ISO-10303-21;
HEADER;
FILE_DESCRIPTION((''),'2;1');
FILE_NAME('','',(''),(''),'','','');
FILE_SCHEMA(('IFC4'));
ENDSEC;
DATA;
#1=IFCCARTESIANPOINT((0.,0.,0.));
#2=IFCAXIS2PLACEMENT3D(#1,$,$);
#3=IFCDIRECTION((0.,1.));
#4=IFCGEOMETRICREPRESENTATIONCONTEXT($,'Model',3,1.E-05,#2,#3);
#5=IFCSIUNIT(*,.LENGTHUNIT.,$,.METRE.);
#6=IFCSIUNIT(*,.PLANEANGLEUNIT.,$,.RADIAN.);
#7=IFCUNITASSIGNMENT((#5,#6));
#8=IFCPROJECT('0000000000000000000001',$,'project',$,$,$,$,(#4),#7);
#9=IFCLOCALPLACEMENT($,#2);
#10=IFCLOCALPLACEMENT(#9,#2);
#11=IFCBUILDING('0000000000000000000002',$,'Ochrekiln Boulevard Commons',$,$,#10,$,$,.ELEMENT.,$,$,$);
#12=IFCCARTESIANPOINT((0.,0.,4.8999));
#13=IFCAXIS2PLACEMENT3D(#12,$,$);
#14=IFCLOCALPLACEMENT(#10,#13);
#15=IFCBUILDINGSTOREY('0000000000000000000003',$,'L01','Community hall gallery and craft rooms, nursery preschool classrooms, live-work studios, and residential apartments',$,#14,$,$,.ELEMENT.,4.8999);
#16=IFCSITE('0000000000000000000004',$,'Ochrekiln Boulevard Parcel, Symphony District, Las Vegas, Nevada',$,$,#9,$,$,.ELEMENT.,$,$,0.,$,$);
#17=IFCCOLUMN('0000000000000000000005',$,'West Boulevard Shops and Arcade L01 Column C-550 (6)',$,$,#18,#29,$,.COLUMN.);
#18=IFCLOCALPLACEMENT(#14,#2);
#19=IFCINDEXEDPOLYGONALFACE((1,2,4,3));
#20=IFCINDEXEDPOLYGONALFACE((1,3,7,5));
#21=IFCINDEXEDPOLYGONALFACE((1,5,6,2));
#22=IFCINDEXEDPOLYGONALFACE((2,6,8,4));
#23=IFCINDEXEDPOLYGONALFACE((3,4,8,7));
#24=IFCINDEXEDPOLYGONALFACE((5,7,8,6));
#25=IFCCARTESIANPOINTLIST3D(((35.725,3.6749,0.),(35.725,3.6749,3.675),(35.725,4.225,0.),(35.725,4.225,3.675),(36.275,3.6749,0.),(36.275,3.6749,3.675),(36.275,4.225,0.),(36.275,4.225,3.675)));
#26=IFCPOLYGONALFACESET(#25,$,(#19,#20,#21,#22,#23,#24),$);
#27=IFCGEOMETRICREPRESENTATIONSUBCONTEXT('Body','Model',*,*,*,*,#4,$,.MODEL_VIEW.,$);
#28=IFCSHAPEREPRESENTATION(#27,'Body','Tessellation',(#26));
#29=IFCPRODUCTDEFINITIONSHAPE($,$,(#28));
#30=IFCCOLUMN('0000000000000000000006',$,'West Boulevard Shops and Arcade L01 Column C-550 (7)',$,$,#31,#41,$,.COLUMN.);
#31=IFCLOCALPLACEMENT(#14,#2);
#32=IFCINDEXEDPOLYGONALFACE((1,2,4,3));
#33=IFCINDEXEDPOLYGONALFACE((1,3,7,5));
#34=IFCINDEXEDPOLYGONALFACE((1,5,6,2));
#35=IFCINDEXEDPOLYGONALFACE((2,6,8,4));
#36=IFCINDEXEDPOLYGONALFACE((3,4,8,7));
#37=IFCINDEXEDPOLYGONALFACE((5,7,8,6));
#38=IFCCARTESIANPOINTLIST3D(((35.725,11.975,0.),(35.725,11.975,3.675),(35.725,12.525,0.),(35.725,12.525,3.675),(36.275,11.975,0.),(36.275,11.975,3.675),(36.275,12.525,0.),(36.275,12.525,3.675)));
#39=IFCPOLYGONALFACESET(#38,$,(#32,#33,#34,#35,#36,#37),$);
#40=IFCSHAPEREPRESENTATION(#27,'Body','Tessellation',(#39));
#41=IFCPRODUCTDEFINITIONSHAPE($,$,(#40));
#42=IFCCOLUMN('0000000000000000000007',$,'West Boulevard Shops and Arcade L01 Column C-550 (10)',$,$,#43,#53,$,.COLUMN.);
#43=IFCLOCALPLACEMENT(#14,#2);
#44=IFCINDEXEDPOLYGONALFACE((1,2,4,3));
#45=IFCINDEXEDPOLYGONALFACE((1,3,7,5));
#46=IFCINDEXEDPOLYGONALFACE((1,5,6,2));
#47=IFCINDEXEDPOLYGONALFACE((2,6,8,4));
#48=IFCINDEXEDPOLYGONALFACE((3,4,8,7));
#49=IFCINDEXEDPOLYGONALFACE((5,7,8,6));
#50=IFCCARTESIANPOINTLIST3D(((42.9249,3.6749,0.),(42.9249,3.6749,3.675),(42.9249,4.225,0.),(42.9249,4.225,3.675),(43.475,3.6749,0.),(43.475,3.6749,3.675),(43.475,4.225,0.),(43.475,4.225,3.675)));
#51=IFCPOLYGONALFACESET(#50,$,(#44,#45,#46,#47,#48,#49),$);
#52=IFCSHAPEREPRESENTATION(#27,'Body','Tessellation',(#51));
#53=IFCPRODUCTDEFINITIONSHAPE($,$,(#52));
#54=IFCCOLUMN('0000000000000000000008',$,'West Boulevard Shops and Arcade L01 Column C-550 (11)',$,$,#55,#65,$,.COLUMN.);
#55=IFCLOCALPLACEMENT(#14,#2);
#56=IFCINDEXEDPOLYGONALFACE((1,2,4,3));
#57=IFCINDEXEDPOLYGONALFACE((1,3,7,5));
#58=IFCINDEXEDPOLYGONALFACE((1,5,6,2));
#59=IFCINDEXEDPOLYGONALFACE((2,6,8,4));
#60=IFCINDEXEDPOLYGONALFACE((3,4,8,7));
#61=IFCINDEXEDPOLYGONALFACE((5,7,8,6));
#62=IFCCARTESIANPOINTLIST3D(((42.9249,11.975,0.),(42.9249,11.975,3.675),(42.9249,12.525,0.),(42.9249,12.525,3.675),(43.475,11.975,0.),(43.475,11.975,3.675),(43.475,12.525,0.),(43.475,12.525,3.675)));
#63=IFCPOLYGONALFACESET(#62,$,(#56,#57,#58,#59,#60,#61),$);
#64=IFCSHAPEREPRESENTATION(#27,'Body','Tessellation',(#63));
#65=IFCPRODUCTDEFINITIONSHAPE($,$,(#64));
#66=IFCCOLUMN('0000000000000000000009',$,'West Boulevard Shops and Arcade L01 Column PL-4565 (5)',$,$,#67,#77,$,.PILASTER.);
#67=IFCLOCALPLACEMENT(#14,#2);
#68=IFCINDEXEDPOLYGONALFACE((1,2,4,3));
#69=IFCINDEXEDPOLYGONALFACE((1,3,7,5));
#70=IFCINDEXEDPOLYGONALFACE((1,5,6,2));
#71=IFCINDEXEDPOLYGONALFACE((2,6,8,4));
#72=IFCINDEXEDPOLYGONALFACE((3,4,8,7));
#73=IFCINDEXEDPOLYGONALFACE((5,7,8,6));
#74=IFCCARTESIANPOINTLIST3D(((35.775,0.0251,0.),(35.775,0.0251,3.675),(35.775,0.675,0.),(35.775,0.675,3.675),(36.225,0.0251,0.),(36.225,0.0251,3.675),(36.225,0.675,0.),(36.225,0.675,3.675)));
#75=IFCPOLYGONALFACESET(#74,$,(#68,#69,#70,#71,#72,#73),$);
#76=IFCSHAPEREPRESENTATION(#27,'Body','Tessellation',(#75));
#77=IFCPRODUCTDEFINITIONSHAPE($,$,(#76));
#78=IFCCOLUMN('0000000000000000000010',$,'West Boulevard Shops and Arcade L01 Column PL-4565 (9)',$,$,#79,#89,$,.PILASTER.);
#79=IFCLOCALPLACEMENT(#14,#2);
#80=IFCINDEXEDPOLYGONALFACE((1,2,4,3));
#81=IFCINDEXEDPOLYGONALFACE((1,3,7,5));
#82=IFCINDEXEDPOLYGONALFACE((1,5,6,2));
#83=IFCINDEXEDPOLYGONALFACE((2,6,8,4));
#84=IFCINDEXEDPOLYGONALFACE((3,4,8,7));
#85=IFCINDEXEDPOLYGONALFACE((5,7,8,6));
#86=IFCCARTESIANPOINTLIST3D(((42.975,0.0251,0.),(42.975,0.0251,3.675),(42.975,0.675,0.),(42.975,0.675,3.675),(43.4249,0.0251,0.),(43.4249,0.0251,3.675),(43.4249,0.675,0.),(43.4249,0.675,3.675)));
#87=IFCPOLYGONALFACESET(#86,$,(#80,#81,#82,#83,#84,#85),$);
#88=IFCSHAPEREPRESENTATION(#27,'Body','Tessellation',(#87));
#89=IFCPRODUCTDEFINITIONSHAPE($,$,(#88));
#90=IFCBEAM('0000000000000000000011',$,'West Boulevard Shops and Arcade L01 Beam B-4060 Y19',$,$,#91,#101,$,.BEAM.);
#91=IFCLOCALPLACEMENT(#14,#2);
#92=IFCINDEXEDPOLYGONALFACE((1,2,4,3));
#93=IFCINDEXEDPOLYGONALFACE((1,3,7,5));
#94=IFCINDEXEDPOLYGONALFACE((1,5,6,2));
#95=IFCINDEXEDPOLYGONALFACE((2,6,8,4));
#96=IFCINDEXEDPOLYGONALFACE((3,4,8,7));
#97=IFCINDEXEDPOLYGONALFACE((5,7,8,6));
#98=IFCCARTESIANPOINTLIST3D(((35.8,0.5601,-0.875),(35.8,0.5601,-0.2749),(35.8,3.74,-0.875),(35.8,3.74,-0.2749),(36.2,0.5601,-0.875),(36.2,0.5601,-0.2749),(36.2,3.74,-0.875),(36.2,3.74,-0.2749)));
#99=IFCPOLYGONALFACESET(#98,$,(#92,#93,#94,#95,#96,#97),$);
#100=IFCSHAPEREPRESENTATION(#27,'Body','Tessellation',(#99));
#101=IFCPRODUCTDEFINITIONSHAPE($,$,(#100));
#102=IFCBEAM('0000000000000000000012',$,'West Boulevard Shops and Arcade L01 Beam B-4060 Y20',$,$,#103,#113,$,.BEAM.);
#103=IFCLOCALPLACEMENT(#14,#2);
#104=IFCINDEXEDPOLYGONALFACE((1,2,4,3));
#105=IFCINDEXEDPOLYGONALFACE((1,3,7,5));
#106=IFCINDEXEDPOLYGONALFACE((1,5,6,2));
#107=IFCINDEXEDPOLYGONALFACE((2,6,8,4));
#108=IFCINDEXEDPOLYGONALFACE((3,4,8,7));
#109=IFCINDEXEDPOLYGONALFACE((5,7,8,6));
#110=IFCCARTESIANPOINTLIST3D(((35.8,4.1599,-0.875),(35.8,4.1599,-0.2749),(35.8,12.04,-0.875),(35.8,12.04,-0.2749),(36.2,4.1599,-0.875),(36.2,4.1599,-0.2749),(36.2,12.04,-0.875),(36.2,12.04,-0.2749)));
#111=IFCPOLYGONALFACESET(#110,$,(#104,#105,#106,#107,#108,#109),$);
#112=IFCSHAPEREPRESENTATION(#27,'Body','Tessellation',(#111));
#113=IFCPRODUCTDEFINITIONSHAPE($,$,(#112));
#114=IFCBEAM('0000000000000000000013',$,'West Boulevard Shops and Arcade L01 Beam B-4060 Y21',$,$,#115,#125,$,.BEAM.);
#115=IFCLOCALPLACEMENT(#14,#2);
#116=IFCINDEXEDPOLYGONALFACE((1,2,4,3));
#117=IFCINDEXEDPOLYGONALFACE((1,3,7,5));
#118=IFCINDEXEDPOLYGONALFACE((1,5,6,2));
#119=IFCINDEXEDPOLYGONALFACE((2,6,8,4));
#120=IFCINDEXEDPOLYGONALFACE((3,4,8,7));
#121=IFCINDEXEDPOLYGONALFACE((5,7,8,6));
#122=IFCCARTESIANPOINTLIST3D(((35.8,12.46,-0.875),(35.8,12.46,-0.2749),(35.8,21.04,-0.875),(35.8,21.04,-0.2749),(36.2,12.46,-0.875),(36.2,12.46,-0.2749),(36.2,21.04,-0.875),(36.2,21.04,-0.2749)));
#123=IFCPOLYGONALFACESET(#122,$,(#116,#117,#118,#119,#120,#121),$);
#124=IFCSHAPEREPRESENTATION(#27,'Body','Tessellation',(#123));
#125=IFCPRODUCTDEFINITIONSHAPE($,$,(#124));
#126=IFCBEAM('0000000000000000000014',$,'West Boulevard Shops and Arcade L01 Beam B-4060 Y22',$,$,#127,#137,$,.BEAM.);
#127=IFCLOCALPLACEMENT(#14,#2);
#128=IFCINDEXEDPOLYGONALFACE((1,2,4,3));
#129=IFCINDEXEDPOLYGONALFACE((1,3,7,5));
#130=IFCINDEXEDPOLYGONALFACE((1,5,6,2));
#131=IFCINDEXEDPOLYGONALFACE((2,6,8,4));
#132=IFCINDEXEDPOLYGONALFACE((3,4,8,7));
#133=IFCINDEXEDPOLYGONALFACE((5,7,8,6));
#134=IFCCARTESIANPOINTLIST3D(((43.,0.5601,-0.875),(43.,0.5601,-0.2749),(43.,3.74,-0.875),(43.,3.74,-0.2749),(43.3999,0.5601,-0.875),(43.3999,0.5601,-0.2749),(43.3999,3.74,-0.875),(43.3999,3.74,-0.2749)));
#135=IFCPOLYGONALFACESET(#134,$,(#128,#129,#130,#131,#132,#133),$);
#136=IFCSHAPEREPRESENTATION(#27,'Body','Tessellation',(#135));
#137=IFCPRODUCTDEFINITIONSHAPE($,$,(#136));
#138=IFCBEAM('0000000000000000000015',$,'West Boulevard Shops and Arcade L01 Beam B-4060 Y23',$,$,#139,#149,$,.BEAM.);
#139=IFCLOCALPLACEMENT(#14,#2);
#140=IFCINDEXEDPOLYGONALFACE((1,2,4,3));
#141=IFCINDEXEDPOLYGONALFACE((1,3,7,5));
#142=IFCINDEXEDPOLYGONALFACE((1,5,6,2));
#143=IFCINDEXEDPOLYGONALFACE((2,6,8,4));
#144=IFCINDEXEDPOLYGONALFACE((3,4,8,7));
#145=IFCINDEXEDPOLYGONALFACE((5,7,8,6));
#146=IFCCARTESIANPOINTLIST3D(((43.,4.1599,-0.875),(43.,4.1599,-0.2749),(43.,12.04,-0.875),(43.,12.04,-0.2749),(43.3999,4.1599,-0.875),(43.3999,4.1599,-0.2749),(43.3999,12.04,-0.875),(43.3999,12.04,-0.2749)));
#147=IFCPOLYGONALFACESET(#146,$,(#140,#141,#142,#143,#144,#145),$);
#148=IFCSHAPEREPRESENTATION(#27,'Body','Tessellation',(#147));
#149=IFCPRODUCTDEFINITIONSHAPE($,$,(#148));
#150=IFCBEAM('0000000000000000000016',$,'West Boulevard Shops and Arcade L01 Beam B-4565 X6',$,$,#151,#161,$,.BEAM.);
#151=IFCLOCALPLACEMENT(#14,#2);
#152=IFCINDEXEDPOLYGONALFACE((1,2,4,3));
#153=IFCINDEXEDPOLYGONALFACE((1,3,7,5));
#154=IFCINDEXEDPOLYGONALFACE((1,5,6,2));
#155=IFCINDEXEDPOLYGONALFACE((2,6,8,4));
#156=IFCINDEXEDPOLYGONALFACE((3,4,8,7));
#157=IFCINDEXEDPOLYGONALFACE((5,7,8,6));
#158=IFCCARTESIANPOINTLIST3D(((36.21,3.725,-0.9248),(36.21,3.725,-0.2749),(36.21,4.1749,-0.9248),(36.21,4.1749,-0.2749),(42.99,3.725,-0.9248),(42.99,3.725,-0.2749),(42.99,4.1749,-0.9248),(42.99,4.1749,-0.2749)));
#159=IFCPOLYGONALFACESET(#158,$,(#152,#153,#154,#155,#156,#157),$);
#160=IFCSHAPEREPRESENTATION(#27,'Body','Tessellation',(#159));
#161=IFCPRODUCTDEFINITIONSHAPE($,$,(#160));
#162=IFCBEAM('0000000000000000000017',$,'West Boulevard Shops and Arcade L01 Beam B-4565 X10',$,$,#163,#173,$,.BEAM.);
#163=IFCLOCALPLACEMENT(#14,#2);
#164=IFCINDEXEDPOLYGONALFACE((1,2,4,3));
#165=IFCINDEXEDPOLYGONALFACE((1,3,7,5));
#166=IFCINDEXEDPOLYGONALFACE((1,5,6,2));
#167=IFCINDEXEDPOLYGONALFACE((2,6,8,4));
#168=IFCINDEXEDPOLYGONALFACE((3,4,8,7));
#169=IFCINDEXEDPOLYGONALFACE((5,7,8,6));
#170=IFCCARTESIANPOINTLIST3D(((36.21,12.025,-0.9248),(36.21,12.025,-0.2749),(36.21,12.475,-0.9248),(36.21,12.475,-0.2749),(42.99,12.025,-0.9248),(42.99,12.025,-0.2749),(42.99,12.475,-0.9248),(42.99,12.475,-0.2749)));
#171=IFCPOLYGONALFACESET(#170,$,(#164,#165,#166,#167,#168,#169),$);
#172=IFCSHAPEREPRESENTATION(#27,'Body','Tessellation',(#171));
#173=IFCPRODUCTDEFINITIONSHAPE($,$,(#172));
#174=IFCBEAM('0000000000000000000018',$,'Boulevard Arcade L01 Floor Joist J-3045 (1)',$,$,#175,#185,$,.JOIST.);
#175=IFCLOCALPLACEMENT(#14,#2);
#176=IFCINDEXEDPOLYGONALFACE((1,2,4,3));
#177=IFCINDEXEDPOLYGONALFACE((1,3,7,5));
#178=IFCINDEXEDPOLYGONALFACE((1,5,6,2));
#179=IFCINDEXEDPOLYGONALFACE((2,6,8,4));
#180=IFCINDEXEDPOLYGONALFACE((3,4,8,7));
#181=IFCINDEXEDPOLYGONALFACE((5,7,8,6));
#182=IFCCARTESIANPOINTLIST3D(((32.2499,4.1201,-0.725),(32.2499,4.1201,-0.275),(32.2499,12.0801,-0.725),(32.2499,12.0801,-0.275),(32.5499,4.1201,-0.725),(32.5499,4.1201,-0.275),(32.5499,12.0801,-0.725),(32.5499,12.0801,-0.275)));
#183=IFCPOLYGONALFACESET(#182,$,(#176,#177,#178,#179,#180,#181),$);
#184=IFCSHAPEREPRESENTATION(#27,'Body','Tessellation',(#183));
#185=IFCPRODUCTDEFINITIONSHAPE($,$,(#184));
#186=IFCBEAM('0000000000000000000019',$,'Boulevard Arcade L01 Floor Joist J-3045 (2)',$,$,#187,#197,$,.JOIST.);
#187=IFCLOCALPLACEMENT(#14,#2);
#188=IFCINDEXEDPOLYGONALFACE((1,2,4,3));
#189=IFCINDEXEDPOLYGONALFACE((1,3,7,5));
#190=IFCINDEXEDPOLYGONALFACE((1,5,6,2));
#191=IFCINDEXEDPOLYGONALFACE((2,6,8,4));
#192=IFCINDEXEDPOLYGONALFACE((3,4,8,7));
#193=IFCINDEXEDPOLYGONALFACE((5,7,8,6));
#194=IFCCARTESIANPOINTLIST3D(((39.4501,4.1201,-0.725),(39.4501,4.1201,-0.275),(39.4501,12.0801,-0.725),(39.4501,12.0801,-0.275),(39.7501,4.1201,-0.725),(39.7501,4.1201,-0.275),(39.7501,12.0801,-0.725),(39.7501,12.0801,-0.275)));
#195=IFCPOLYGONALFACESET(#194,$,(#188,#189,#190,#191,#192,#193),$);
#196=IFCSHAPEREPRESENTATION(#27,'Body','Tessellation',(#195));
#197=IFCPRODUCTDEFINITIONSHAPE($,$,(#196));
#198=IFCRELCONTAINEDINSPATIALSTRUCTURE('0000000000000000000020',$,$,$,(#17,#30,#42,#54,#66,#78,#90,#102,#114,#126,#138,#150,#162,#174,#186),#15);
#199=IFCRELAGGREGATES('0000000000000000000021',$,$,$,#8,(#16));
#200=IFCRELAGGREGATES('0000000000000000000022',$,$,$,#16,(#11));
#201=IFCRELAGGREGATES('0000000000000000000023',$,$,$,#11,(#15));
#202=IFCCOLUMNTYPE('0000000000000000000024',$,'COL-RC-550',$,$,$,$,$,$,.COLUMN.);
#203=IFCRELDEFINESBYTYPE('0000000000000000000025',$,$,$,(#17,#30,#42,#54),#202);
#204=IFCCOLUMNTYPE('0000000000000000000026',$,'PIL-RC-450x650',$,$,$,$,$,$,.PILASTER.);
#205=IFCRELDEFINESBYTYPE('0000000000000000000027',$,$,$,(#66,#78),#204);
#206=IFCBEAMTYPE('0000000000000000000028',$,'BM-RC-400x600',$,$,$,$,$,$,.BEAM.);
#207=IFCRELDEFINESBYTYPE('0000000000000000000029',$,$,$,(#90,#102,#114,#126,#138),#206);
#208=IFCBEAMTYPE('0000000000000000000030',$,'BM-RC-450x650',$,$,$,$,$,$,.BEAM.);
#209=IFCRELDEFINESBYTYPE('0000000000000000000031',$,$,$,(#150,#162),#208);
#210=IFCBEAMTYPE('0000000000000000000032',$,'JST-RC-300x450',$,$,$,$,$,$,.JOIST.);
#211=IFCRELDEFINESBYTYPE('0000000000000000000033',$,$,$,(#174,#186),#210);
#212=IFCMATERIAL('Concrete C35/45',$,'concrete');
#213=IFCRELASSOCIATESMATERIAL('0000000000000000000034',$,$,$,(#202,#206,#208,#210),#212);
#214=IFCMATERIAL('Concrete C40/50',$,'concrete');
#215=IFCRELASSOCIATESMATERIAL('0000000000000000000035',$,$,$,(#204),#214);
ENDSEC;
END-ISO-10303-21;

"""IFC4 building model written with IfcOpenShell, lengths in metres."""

from ifc_helpers import new_model, si_unit, direction, frame, origin, origin_2d, place, context, subcontext, project, spatial, rectangle, extrude, material, material_profile, profile_set, type_object, element, save


model = new_model("IFC4")

# Units and contexts
model_context = context("Model", 3, precision=1e-05, world=origin(), true_north=direction((0.0, 1.0)))
body_context = subcontext(model_context, "Body", "Model", "MODEL_VIEW")
ifc_project = project(units=[si_unit("LENGTHUNIT", "METRE"), si_unit("PLANEANGLEUNIT", "RADIAN")], contexts=[model_context])

# Site, building, storey
site_placement = place(None, origin())
site = spatial("IfcSite", under=ifc_project, at=site_placement, Name="Ochrekiln Boulevard Parcel, Symphony District, Las Vegas, Nevada", CompositionType="ELEMENT", RefElevation=0.0)
building_placement = place(site_placement, origin())
building = spatial("IfcBuilding", under=site, at=building_placement, Name="Ochrekiln Boulevard Commons", CompositionType="ELEMENT")
storey_placement = place(building_placement, frame((0.0, 0.0, 4.8999)))
storey = spatial("IfcBuildingStorey", under=building, at=storey_placement, Name="L01", Description="Community hall gallery and craft rooms, nursery preschool classrooms, live-work studios, and residential apartments", CompositionType="ELEMENT", Elevation=4.8999)

# Columns
ifc_material_1 = material(Name="Concrete C35/45", Category="concrete")
ifc_material_profile_1 = material_profile(ifc_material_1, rectangle(XDim=0.55, YDim=0.55, at=origin_2d()), Name="RC-COL-550x550")
ifc_profile_set_1 = profile_set([ifc_material_profile_1], Name="Concrete C35/45")
column_type_1 = type_object("IfcColumnType", Name="COL-RC-550", PredefinedType="COLUMN", material=ifc_profile_set_1)
for number, where, z_axis, x_axis, name in (
    (1, (36.0, 3.95, 0.0), (0.0, 0.0, 1.0), (1.0, 0.0, 0.0), "West Boulevard Shops and Arcade L01 Column C-550 (6)"),
    (2, (36.0, 12.25, 0.0), (0.0, 0.0, 1.0), (1.0, 0.0, 0.0), "West Boulevard Shops and Arcade L01 Column C-550 (7)"),
    (3, (43.2, 3.95, 0.0), (0.0, 0.0, 1.0), (1.0, 0.0, 0.0), "West Boulevard Shops and Arcade L01 Column C-550 (10)"),
    (4, (43.2, 12.25, 0.0), (0.0, 0.0, 1.0), (1.0, 0.0, 0.0), "West Boulevard Shops and Arcade L01 Column C-550 (11)"),
):
    element("IfcColumn", number, at=place(storey_placement, frame(where, z_axis=z_axis, x_axis=x_axis)), inside=storey, type_object=column_type_1, Name=name, PredefinedType="COLUMN", context=body_context, shape_type="SweptSolid", body=[
        extrude(rectangle(XDim=0.55, YDim=0.55, at=origin_2d()), origin(), (0.0, 0.0, 1.0), 3.675),
    ])
ifc_material_2 = material(Name="Concrete C40/50", Category="concrete")
ifc_material_profile_2 = material_profile(ifc_material_2, rectangle(XDim=0.45, YDim=0.6499, at=origin_2d()), Name="RC-PIL-450x650")
ifc_profile_set_2 = profile_set([ifc_material_profile_2], Name="Concrete C40/50")
column_type_2 = type_object("IfcColumnType", Name="PIL-RC-450x650", PredefinedType="PILASTER", material=ifc_profile_set_2)
for number, where, z_axis, x_axis, name in (
    (5, (36.0, 0.3501, 0.0), (0.0, 0.0, 1.0), (1.0, 0.0, 0.0), "West Boulevard Shops and Arcade L01 Column PL-4565 (5)"),
    (6, (43.2, 0.3501, 0.0), (0.0, 0.0, 1.0), (1.0, 0.0, 0.0), "West Boulevard Shops and Arcade L01 Column PL-4565 (9)"),
):
    element("IfcColumn", number, at=place(storey_placement, frame(where, z_axis=z_axis, x_axis=x_axis)), inside=storey, type_object=column_type_2, Name=name, PredefinedType="PILASTER", context=body_context, shape_type="SweptSolid", body=[
        extrude(rectangle(XDim=0.45, YDim=0.6499, at=origin_2d()), origin(), (0.0, 0.0, 1.0), 3.675),
    ])

# Beams
ifc_material_profile_3 = material_profile(ifc_material_1, rectangle(XDim=0.3999, YDim=0.6001, at=origin_2d()), Name="RC-BM-400x600")
ifc_profile_set_3 = profile_set([ifc_material_profile_3], Name="Concrete C35/45")
beam_type_1 = type_object("IfcBeamType", Name="BM-RC-400x600", PredefinedType="BEAM", material=ifc_profile_set_3)
beam_1_placement = place(storey_placement, frame((36.0, 0.5601, -0.575), z_axis=(0.0, 1.0, 0.0), x_axis=(-1.0, 0.0, 0.0)))
element("IfcBeam", 7, at=beam_1_placement, inside=storey, type_object=beam_type_1, Name="West Boulevard Shops and Arcade L01 Beam B-4060 Y19", PredefinedType="BEAM", context=body_context, shape_type="SweptSolid", body=[
    extrude(rectangle(XDim=0.3999, YDim=0.6001, at=origin_2d()), origin(), (0.0, 0.0, 1.0), 3.1799),
])
beam_2_placement = place(storey_placement, frame((36.0, 4.1599, -0.575), z_axis=(0.0, 1.0, 0.0), x_axis=(-1.0, 0.0, 0.0)))
element("IfcBeam", 8, at=beam_2_placement, inside=storey, type_object=beam_type_1, Name="West Boulevard Shops and Arcade L01 Beam B-4060 Y20", PredefinedType="BEAM", context=body_context, shape_type="SweptSolid", body=[
    extrude(rectangle(XDim=0.3999, YDim=0.6001, at=origin_2d()), origin(), (0.0, 0.0, 1.0), 7.8801),
])
beam_3_placement = place(storey_placement, frame((36.0, 12.46, -0.575), z_axis=(0.0, 1.0, 0.0), x_axis=(-1.0, 0.0, 0.0)))
element("IfcBeam", 9, at=beam_3_placement, inside=storey, type_object=beam_type_1, Name="West Boulevard Shops and Arcade L01 Beam B-4060 Y21", PredefinedType="BEAM", context=body_context, shape_type="SweptSolid", body=[
    extrude(rectangle(XDim=0.3999, YDim=0.6001, at=origin_2d()), origin(), (0.0, 0.0, 1.0), 8.5801),
])
beam_4_placement = place(storey_placement, frame((43.2, 0.5601, -0.575), z_axis=(0.0, 1.0, 0.0), x_axis=(-1.0, 0.0, 0.0)))
element("IfcBeam", 10, at=beam_4_placement, inside=storey, type_object=beam_type_1, Name="West Boulevard Shops and Arcade L01 Beam B-4060 Y22", PredefinedType="BEAM", context=body_context, shape_type="SweptSolid", body=[
    extrude(rectangle(XDim=0.3999, YDim=0.6001, at=origin_2d()), origin(), (0.0, 0.0, 1.0), 3.1799),
])
beam_5_placement = place(storey_placement, frame((43.2, 4.1599, -0.575), z_axis=(0.0, 1.0, 0.0), x_axis=(-1.0, 0.0, 0.0)))
element("IfcBeam", 11, at=beam_5_placement, inside=storey, type_object=beam_type_1, Name="West Boulevard Shops and Arcade L01 Beam B-4060 Y23", PredefinedType="BEAM", context=body_context, shape_type="SweptSolid", body=[
    extrude(rectangle(XDim=0.3999, YDim=0.6001, at=origin_2d()), origin(), (0.0, 0.0, 1.0), 7.8801),
])
ifc_material_profile_4 = material_profile(ifc_material_1, rectangle(XDim=0.45, YDim=0.6499, at=origin_2d()), Name="RC-BM-450x650")
ifc_profile_set_4 = profile_set([ifc_material_profile_4], Name="Concrete C35/45")
beam_type_2 = type_object("IfcBeamType", Name="BM-RC-450x650", PredefinedType="BEAM", material=ifc_profile_set_4)
for number, where, z_axis, x_axis, name in (
    (12, (36.21, 3.95, -0.5999), (1.0, 0.0, 0.0), (0.0, 1.0, 0.0), "West Boulevard Shops and Arcade L01 Beam B-4565 X6"),
    (13, (36.21, 12.25, -0.5999), (1.0, 0.0, 0.0), (0.0, 1.0, 0.0), "West Boulevard Shops and Arcade L01 Beam B-4565 X10"),
):
    element("IfcBeam", number, at=place(storey_placement, frame(where, z_axis=z_axis, x_axis=x_axis)), inside=storey, type_object=beam_type_2, Name=name, PredefinedType="BEAM", context=body_context, shape_type="SweptSolid", body=[
        extrude(rectangle(XDim=0.45, YDim=0.6499, at=origin_2d()), origin(), (0.0, 0.0, 1.0), 6.78),
    ])
ifc_material_profile_5 = material_profile(ifc_material_1, rectangle(XDim=0.3, YDim=0.45, at=origin_2d()), Name="RC-JST-300x450")
ifc_profile_set_5 = profile_set([ifc_material_profile_5], Name="Concrete C35/45")
beam_type_3 = type_object("IfcBeamType", Name="JST-RC-300x450", PredefinedType="JOIST", material=ifc_profile_set_5)
for number, where, z_axis, x_axis, name in (
    (14, (32.3999, 4.1201, -0.5), (0.0, 1.0, 0.0), (-1.0, 0.0, 0.0), "Boulevard Arcade L01 Floor Joist J-3045 (1)"),
    (15, (39.6001, 4.1201, -0.5), (0.0, 1.0, 0.0), (-1.0, 0.0, 0.0), "Boulevard Arcade L01 Floor Joist J-3045 (2)"),
):
    element("IfcBeam", number, at=place(storey_placement, frame(where, z_axis=z_axis, x_axis=x_axis)), inside=storey, type_object=beam_type_3, Name=name, PredefinedType="JOIST", context=body_context, shape_type="SweptSolid", body=[
        extrude(rectangle(XDim=0.3, YDim=0.45, at=origin_2d()), origin(), (0.0, 0.0, 1.0), 7.96),
    ])

save(model, "model.ifc")
